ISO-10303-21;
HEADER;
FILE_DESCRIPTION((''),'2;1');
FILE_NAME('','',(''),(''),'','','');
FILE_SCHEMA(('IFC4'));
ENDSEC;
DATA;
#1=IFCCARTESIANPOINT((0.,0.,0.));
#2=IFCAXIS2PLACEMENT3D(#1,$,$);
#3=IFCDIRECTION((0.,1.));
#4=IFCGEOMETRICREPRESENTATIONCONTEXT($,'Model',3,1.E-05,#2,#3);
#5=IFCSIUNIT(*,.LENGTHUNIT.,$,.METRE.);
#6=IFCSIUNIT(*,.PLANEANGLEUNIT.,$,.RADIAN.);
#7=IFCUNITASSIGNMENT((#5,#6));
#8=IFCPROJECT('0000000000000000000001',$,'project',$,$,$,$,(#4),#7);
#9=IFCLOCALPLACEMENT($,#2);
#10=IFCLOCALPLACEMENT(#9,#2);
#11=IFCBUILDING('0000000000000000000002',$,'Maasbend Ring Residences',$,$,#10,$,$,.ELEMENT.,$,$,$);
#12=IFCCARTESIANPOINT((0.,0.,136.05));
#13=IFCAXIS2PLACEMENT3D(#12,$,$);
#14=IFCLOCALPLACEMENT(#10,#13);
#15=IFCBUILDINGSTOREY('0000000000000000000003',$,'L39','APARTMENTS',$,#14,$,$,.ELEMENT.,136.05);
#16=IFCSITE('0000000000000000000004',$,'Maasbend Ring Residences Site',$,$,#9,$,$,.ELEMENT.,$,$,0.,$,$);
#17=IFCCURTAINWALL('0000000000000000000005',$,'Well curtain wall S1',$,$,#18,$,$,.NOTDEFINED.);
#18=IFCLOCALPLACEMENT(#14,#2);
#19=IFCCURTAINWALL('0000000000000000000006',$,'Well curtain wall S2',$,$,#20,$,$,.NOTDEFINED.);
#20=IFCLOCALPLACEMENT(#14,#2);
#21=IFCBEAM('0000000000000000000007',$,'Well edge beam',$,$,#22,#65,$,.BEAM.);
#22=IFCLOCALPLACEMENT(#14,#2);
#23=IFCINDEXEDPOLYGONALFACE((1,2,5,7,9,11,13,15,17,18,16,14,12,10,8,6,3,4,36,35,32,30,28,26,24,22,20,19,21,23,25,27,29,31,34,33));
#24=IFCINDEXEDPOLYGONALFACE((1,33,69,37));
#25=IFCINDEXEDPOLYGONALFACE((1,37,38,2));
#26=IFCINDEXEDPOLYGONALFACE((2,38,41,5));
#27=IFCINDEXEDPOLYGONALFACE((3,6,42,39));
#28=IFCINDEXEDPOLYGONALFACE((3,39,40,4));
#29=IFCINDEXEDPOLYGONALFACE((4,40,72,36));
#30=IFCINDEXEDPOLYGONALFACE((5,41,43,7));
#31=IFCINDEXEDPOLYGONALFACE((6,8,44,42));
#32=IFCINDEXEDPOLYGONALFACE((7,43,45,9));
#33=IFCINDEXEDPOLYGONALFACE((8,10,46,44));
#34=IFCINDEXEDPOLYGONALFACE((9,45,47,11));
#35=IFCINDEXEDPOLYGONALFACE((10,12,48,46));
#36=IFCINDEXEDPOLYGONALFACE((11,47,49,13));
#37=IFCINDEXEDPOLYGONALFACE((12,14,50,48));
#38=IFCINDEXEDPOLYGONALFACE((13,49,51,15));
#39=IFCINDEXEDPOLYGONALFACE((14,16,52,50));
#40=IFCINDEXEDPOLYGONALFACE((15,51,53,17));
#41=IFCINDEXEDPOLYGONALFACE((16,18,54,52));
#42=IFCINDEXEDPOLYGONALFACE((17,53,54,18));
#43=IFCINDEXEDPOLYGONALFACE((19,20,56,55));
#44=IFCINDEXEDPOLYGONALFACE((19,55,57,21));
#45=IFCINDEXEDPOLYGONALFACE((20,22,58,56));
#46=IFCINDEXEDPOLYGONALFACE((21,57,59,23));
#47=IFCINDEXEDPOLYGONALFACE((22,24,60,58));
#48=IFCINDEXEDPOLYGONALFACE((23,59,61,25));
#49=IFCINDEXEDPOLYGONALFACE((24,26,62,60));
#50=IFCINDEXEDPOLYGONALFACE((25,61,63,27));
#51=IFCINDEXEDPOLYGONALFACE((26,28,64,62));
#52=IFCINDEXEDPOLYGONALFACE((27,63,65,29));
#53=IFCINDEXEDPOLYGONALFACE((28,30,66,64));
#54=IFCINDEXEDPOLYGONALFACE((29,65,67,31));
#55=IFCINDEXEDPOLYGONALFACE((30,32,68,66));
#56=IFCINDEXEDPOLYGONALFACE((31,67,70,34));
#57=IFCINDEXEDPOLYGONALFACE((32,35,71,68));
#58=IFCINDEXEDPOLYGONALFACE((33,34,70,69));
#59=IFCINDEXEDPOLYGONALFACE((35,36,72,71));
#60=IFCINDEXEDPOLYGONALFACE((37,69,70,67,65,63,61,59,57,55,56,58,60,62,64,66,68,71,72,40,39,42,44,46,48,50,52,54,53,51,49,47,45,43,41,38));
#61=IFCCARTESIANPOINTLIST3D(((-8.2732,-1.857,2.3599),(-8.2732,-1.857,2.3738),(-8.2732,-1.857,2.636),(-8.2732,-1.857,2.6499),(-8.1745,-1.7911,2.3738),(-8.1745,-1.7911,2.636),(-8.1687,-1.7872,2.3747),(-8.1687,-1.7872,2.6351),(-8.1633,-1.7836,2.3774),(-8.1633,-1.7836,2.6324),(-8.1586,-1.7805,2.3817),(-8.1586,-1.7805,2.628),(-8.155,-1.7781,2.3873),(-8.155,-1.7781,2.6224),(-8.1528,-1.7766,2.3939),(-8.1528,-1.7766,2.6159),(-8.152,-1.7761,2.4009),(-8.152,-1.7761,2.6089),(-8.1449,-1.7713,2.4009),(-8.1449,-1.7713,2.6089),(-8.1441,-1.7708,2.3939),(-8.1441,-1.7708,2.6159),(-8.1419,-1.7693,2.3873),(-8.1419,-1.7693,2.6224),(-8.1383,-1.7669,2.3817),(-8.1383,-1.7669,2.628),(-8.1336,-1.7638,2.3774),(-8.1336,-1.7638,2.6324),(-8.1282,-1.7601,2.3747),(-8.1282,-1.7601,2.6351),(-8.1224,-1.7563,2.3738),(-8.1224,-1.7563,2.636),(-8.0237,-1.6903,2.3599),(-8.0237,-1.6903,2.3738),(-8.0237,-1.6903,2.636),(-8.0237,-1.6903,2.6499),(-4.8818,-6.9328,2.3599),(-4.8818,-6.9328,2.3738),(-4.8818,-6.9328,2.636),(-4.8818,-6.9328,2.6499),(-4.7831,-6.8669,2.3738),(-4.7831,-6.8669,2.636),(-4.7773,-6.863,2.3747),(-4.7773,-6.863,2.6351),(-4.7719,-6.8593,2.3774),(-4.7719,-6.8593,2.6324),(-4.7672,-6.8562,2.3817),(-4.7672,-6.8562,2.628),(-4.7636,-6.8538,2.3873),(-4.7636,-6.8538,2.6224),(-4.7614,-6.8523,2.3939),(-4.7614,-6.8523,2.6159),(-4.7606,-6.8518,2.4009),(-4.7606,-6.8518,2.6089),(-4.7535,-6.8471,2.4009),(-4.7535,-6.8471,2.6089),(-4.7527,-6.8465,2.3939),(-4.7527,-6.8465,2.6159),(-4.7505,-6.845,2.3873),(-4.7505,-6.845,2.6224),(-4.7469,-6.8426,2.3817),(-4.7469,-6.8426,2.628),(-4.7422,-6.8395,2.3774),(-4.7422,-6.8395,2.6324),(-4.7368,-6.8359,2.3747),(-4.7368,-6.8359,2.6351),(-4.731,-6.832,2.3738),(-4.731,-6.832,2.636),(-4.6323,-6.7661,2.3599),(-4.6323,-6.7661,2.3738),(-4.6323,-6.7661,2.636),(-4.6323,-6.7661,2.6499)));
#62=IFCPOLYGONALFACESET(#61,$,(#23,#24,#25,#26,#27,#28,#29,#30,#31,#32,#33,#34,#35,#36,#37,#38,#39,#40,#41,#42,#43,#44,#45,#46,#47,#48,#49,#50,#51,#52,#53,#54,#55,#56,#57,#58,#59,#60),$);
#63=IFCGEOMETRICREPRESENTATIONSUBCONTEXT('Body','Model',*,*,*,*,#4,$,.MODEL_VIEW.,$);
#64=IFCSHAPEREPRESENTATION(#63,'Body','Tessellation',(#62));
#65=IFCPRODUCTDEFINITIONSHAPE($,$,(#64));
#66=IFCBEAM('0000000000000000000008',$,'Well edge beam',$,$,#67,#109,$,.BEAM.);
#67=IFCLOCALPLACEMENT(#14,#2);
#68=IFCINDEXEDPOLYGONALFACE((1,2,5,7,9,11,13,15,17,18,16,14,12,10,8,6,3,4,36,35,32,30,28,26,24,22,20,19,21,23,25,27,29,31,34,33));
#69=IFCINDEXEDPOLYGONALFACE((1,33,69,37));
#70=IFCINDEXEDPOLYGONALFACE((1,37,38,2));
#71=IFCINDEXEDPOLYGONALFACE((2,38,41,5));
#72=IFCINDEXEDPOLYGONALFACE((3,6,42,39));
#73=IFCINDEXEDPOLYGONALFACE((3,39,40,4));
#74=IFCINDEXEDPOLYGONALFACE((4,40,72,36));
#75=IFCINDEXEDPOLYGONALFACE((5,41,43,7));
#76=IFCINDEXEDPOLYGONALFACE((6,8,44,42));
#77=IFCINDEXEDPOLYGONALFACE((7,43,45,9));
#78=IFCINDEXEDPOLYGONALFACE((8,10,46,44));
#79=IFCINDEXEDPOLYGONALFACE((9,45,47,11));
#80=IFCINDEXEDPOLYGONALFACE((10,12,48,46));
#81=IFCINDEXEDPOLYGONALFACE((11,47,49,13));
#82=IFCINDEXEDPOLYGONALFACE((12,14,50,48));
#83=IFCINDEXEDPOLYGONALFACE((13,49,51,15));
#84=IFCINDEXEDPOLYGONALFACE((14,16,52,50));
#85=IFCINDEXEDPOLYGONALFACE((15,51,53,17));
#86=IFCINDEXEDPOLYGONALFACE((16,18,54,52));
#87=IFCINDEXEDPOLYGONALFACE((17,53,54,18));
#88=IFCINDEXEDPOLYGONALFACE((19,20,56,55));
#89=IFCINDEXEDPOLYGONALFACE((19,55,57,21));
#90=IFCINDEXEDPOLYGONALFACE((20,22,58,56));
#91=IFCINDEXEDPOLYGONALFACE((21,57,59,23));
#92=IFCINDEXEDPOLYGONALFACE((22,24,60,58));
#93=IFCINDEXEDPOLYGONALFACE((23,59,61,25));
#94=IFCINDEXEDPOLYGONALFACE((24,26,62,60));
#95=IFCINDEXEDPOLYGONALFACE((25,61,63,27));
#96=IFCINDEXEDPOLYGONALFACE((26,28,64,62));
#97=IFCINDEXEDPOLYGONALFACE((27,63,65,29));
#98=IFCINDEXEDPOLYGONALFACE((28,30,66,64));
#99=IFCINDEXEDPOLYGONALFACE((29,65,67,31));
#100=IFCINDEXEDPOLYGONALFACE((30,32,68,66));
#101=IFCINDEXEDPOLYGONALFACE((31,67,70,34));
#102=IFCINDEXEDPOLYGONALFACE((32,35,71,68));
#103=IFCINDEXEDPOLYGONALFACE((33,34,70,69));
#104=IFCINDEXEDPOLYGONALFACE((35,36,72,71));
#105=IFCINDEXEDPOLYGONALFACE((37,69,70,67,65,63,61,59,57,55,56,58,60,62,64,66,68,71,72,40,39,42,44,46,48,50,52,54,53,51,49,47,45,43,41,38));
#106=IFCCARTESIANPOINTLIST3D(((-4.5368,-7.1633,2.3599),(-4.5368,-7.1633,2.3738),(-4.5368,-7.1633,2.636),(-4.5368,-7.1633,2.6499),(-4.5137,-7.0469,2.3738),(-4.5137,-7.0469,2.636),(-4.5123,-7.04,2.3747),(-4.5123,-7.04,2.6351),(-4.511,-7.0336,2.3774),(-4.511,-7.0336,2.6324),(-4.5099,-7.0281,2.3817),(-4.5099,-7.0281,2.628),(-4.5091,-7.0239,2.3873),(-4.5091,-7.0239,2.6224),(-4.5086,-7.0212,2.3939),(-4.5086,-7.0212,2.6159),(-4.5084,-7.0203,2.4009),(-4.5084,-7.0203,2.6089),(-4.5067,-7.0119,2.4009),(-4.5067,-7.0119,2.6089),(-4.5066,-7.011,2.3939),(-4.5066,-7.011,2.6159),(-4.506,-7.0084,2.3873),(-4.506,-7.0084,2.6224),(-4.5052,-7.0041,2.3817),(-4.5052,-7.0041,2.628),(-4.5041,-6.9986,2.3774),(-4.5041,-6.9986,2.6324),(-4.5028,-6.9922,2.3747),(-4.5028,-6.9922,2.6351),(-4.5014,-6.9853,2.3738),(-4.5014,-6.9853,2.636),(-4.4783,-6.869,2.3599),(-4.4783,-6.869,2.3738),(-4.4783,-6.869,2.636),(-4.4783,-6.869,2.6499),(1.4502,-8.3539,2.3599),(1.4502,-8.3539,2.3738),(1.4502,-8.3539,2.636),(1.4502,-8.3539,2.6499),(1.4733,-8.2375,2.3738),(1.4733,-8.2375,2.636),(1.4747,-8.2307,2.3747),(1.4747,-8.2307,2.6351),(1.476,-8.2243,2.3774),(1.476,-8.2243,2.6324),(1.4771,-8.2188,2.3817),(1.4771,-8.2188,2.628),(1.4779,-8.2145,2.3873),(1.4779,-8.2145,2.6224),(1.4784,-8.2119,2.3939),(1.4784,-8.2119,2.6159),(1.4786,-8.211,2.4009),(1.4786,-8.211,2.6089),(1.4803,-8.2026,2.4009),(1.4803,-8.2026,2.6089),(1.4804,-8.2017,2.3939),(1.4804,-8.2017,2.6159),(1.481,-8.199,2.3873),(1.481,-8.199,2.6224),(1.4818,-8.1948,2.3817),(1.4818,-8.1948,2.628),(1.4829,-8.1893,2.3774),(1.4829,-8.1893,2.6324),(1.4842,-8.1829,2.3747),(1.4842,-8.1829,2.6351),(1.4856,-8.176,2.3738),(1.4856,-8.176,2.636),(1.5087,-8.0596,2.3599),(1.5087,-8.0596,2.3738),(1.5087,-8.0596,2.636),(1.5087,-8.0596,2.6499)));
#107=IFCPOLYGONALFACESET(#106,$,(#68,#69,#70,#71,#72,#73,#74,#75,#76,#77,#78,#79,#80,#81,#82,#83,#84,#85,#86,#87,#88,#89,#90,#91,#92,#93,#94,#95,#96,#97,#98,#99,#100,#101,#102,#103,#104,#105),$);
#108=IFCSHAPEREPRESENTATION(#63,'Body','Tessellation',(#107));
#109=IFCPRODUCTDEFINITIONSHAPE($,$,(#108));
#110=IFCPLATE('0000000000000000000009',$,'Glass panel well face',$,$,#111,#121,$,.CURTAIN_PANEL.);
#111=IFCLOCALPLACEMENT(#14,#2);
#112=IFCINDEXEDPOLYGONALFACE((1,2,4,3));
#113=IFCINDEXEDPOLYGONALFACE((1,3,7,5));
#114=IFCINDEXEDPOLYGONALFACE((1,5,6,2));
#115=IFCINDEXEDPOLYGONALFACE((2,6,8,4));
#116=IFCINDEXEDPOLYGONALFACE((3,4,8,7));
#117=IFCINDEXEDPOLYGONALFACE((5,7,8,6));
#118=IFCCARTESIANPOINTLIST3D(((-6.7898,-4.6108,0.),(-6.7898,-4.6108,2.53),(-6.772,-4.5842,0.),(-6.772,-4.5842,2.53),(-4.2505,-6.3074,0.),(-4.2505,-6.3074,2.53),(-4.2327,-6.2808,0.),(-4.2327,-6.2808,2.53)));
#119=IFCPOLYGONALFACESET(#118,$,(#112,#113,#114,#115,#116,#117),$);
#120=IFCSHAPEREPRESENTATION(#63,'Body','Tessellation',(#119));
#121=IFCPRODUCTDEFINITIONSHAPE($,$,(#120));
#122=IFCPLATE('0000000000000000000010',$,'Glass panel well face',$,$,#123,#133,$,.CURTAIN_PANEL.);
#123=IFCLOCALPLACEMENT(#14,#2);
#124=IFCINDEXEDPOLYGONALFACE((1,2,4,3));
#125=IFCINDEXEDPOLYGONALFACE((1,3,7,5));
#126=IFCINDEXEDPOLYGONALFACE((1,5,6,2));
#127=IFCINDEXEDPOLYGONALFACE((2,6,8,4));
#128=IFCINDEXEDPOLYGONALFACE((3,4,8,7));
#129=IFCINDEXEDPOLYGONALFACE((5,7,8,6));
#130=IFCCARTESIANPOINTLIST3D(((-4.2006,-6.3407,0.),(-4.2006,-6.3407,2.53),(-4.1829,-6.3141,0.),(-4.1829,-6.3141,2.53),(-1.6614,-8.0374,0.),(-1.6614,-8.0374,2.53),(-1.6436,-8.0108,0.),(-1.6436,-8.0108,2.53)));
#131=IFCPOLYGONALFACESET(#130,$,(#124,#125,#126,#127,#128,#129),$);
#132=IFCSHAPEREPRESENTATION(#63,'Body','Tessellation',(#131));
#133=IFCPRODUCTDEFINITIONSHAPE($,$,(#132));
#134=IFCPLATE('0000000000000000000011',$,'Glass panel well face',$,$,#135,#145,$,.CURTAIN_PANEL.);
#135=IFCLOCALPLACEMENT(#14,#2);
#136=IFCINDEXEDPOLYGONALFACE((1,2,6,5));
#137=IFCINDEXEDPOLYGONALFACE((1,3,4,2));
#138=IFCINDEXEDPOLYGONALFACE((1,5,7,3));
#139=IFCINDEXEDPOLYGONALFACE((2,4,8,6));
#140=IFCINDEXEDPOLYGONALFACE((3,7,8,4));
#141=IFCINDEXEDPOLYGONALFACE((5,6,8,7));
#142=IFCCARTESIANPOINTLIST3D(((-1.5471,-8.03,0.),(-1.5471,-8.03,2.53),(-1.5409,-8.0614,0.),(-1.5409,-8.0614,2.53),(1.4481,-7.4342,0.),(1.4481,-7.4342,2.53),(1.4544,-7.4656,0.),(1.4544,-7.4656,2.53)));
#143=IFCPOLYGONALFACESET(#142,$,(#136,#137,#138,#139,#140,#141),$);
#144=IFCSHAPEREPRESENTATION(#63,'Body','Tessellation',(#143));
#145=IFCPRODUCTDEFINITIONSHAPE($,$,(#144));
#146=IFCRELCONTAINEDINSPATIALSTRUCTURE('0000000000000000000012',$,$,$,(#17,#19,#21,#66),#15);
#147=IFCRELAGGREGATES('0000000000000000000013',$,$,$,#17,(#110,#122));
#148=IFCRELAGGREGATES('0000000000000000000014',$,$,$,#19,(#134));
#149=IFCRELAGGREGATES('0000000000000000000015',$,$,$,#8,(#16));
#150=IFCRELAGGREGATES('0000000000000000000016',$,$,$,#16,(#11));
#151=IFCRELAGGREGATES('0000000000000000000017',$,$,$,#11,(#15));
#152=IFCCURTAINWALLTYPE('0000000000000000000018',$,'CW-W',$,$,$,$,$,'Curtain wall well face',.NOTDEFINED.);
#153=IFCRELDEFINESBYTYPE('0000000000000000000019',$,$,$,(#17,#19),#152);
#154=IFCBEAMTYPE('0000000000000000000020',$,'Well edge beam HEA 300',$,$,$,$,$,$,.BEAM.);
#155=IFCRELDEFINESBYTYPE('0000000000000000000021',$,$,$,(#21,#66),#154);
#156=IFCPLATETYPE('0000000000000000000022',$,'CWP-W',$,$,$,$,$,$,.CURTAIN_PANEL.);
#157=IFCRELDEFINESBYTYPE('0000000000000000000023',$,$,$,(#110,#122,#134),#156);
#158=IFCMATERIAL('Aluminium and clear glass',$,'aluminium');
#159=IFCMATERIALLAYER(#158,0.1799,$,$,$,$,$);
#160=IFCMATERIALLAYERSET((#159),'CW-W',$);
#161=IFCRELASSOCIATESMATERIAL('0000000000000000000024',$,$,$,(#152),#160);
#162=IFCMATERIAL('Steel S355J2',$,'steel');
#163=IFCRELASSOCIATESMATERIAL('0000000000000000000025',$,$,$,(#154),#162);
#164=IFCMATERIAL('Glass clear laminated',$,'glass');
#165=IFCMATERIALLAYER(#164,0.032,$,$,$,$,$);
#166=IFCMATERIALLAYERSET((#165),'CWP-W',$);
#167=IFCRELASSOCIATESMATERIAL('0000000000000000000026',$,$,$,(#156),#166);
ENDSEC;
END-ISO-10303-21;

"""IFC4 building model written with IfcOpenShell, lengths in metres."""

from ifc_helpers import new_model, si_unit, direction, frame, origin, origin_2d, place, context, subcontext, project, spatial, rectangle, i_section, extrude, material, layer, layer_set, material_profile, profile_set, type_object, element, aggregate, save


model = new_model("IFC4")

# Units and contexts
model_context = context("Model", 3, precision=1e-05, world=origin(), true_north=direction((0.0, 1.0)))
body_context = subcontext(model_context, "Body", "Model", "MODEL_VIEW")
ifc_project = project(units=[si_unit("LENGTHUNIT", "METRE"), si_unit("PLANEANGLEUNIT", "RADIAN")], contexts=[model_context])

# Site, building, storey
site_placement = place(None, origin())
site = spatial("IfcSite", under=ifc_project, at=site_placement, Name="Maasbend Ring Residences Site", CompositionType="ELEMENT", RefElevation=0.0)
building_placement = place(site_placement, origin())
building = spatial("IfcBuilding", under=site, at=building_placement, Name="Maasbend Ring Residences", CompositionType="ELEMENT")
storey_placement = place(building_placement, frame((0.0, 0.0, 136.05)))
storey = spatial("IfcBuildingStorey", under=building, at=storey_placement, Name="L39", Description="APARTMENTS", CompositionType="ELEMENT", Elevation=136.05)

# Curtain wall
ifc_material_1 = material(Name="Aluminium and clear glass", Category="aluminium")
ifc_layer_1 = layer(ifc_material_1, 0.1799)
ifc_layer_set_1 = layer_set([ifc_layer_1], Name="CW-W")
curtain_wall_type = type_object("IfcCurtainWallType", Name="CW-W", ElementType="Curtain wall well face", PredefinedType="NOTDEFINED", material=ifc_layer_set_1)
curtain_wall_1_placement = place(storey_placement, origin())
curtain_wall_1 = element("IfcCurtainWall", 1, at=curtain_wall_1_placement, inside=storey, type_object=curtain_wall_type, Name="Well curtain wall S1", PredefinedType="NOTDEFINED")

# Curtain wall
curtain_wall_2_placement = place(storey_placement, origin())
curtain_wall_2 = element("IfcCurtainWall", 2, at=curtain_wall_2_placement, inside=storey, type_object=curtain_wall_type, Name="Well curtain wall S2", PredefinedType="NOTDEFINED")

# Beams
ifc_material_2 = material(Name="Steel S355J2", Category="steel")
ifc_material_profile_1 = material_profile(ifc_material_2, i_section(OverallWidth=0.3, OverallDepth=0.29, WebThickness=0.0085, FlangeThickness=0.0139, FilletRadius=0.0271, at=origin_2d()), Name="HEA 300")
ifc_profile_set_1 = profile_set([ifc_material_profile_1], Name="Steel S355J2")
beam_type = type_object("IfcBeamType", Name="Well edge beam HEA 300", PredefinedType="BEAM", material=ifc_profile_set_1)
beam_1_placement = place(storey_placement, frame((-8.1484, -1.7737, 2.5049), z_axis=(0.555558, -0.831478, 0.0), x_axis=(0.831478, 0.555558, 0.0)))
element("IfcBeam", 3, at=beam_1_placement, inside=storey, type_object=beam_type, Name="Well edge beam", PredefinedType="BEAM", context=body_context, shape_type="SweptSolid", body=[
    extrude(i_section(OverallWidth=0.3, OverallDepth=0.29, WebThickness=0.0085, FlangeThickness=0.0139, FilletRadius=0.0271, at=origin_2d()), origin(), (0.0, 0.0, 1.0), 6.1045),
])
beam_2_placement = place(storey_placement, frame((-4.5076, -7.0161, 2.5049), z_axis=(0.980792, -0.195055, 0.0), x_axis=(0.195055, 0.980792, 0.0)))
element("IfcBeam", 4, at=beam_2_placement, inside=storey, type_object=beam_type, Name="Well edge beam", PredefinedType="BEAM", context=body_context, shape_type="SweptSolid", body=[
    extrude(i_section(OverallWidth=0.3, OverallDepth=0.29, WebThickness=0.0085, FlangeThickness=0.0139, FilletRadius=0.0271, at=origin_2d()), origin(), (0.0, 0.0, 1.0), 6.1042),
])

# Plates
ifc_material_3 = material(Name="Glass clear laminated", Category="glass")
ifc_layer_2 = layer(ifc_material_3, 0.032)
ifc_layer_set_2 = layer_set([ifc_layer_2], Name="CWP-W")
plate_type = type_object("IfcPlateType", Name="CWP-W", PredefinedType="CURTAIN_PANEL", material=ifc_layer_set_2)
plate_1_placement = place(storey_placement, frame((-5.5112, -5.4458, 0.0), z_axis=(0.0, 0.0, 1.0), x_axis=(0.83147, -0.55557, 0.0)))
plate_1 = element("IfcPlate", 5, at=plate_1_placement, type_object=plate_type, Name="Glass panel well face", PredefinedType="CURTAIN_PANEL", context=body_context, shape_type="SweptSolid", body=[
    extrude(rectangle(XDim=3.054, YDim=0.032, at=origin_2d()), origin(), (0.0, 0.0, 1.0), 2.53),
])
plate_2_placement = place(storey_placement, frame((-2.9221, -7.1758, 0.0), z_axis=(0.0, 0.0, 1.0), x_axis=(0.83147, -0.55557, 0.0)))
plate_2 = element("IfcPlate", 6, at=plate_2_placement, type_object=plate_type, Name="Glass panel well face", PredefinedType="CURTAIN_PANEL", context=body_context, shape_type="SweptSolid", body=[
    extrude(rectangle(XDim=3.054, YDim=0.032, at=origin_2d()), origin(), (0.0, 0.0, 1.0), 2.53),
])
aggregate(curtain_wall_1, [plate_1, plate_2])
plate_3_placement = place(storey_placement, frame((-0.0464, -7.7478, 0.0), z_axis=(0.0, 0.0, 1.0), x_axis=(0.980785, 0.19509, 0.0)))
plate_3 = element("IfcPlate", 7, at=plate_3_placement, type_object=plate_type, Name="Glass panel well face", PredefinedType="CURTAIN_PANEL", context=body_context, shape_type="SweptSolid", body=[
    extrude(rectangle(XDim=3.054, YDim=0.032, at=origin_2d()), origin(), (0.0, 0.0, 1.0), 2.53),
])
aggregate(curtain_wall_2, [plate_3])

save(model, "model.ifc")
